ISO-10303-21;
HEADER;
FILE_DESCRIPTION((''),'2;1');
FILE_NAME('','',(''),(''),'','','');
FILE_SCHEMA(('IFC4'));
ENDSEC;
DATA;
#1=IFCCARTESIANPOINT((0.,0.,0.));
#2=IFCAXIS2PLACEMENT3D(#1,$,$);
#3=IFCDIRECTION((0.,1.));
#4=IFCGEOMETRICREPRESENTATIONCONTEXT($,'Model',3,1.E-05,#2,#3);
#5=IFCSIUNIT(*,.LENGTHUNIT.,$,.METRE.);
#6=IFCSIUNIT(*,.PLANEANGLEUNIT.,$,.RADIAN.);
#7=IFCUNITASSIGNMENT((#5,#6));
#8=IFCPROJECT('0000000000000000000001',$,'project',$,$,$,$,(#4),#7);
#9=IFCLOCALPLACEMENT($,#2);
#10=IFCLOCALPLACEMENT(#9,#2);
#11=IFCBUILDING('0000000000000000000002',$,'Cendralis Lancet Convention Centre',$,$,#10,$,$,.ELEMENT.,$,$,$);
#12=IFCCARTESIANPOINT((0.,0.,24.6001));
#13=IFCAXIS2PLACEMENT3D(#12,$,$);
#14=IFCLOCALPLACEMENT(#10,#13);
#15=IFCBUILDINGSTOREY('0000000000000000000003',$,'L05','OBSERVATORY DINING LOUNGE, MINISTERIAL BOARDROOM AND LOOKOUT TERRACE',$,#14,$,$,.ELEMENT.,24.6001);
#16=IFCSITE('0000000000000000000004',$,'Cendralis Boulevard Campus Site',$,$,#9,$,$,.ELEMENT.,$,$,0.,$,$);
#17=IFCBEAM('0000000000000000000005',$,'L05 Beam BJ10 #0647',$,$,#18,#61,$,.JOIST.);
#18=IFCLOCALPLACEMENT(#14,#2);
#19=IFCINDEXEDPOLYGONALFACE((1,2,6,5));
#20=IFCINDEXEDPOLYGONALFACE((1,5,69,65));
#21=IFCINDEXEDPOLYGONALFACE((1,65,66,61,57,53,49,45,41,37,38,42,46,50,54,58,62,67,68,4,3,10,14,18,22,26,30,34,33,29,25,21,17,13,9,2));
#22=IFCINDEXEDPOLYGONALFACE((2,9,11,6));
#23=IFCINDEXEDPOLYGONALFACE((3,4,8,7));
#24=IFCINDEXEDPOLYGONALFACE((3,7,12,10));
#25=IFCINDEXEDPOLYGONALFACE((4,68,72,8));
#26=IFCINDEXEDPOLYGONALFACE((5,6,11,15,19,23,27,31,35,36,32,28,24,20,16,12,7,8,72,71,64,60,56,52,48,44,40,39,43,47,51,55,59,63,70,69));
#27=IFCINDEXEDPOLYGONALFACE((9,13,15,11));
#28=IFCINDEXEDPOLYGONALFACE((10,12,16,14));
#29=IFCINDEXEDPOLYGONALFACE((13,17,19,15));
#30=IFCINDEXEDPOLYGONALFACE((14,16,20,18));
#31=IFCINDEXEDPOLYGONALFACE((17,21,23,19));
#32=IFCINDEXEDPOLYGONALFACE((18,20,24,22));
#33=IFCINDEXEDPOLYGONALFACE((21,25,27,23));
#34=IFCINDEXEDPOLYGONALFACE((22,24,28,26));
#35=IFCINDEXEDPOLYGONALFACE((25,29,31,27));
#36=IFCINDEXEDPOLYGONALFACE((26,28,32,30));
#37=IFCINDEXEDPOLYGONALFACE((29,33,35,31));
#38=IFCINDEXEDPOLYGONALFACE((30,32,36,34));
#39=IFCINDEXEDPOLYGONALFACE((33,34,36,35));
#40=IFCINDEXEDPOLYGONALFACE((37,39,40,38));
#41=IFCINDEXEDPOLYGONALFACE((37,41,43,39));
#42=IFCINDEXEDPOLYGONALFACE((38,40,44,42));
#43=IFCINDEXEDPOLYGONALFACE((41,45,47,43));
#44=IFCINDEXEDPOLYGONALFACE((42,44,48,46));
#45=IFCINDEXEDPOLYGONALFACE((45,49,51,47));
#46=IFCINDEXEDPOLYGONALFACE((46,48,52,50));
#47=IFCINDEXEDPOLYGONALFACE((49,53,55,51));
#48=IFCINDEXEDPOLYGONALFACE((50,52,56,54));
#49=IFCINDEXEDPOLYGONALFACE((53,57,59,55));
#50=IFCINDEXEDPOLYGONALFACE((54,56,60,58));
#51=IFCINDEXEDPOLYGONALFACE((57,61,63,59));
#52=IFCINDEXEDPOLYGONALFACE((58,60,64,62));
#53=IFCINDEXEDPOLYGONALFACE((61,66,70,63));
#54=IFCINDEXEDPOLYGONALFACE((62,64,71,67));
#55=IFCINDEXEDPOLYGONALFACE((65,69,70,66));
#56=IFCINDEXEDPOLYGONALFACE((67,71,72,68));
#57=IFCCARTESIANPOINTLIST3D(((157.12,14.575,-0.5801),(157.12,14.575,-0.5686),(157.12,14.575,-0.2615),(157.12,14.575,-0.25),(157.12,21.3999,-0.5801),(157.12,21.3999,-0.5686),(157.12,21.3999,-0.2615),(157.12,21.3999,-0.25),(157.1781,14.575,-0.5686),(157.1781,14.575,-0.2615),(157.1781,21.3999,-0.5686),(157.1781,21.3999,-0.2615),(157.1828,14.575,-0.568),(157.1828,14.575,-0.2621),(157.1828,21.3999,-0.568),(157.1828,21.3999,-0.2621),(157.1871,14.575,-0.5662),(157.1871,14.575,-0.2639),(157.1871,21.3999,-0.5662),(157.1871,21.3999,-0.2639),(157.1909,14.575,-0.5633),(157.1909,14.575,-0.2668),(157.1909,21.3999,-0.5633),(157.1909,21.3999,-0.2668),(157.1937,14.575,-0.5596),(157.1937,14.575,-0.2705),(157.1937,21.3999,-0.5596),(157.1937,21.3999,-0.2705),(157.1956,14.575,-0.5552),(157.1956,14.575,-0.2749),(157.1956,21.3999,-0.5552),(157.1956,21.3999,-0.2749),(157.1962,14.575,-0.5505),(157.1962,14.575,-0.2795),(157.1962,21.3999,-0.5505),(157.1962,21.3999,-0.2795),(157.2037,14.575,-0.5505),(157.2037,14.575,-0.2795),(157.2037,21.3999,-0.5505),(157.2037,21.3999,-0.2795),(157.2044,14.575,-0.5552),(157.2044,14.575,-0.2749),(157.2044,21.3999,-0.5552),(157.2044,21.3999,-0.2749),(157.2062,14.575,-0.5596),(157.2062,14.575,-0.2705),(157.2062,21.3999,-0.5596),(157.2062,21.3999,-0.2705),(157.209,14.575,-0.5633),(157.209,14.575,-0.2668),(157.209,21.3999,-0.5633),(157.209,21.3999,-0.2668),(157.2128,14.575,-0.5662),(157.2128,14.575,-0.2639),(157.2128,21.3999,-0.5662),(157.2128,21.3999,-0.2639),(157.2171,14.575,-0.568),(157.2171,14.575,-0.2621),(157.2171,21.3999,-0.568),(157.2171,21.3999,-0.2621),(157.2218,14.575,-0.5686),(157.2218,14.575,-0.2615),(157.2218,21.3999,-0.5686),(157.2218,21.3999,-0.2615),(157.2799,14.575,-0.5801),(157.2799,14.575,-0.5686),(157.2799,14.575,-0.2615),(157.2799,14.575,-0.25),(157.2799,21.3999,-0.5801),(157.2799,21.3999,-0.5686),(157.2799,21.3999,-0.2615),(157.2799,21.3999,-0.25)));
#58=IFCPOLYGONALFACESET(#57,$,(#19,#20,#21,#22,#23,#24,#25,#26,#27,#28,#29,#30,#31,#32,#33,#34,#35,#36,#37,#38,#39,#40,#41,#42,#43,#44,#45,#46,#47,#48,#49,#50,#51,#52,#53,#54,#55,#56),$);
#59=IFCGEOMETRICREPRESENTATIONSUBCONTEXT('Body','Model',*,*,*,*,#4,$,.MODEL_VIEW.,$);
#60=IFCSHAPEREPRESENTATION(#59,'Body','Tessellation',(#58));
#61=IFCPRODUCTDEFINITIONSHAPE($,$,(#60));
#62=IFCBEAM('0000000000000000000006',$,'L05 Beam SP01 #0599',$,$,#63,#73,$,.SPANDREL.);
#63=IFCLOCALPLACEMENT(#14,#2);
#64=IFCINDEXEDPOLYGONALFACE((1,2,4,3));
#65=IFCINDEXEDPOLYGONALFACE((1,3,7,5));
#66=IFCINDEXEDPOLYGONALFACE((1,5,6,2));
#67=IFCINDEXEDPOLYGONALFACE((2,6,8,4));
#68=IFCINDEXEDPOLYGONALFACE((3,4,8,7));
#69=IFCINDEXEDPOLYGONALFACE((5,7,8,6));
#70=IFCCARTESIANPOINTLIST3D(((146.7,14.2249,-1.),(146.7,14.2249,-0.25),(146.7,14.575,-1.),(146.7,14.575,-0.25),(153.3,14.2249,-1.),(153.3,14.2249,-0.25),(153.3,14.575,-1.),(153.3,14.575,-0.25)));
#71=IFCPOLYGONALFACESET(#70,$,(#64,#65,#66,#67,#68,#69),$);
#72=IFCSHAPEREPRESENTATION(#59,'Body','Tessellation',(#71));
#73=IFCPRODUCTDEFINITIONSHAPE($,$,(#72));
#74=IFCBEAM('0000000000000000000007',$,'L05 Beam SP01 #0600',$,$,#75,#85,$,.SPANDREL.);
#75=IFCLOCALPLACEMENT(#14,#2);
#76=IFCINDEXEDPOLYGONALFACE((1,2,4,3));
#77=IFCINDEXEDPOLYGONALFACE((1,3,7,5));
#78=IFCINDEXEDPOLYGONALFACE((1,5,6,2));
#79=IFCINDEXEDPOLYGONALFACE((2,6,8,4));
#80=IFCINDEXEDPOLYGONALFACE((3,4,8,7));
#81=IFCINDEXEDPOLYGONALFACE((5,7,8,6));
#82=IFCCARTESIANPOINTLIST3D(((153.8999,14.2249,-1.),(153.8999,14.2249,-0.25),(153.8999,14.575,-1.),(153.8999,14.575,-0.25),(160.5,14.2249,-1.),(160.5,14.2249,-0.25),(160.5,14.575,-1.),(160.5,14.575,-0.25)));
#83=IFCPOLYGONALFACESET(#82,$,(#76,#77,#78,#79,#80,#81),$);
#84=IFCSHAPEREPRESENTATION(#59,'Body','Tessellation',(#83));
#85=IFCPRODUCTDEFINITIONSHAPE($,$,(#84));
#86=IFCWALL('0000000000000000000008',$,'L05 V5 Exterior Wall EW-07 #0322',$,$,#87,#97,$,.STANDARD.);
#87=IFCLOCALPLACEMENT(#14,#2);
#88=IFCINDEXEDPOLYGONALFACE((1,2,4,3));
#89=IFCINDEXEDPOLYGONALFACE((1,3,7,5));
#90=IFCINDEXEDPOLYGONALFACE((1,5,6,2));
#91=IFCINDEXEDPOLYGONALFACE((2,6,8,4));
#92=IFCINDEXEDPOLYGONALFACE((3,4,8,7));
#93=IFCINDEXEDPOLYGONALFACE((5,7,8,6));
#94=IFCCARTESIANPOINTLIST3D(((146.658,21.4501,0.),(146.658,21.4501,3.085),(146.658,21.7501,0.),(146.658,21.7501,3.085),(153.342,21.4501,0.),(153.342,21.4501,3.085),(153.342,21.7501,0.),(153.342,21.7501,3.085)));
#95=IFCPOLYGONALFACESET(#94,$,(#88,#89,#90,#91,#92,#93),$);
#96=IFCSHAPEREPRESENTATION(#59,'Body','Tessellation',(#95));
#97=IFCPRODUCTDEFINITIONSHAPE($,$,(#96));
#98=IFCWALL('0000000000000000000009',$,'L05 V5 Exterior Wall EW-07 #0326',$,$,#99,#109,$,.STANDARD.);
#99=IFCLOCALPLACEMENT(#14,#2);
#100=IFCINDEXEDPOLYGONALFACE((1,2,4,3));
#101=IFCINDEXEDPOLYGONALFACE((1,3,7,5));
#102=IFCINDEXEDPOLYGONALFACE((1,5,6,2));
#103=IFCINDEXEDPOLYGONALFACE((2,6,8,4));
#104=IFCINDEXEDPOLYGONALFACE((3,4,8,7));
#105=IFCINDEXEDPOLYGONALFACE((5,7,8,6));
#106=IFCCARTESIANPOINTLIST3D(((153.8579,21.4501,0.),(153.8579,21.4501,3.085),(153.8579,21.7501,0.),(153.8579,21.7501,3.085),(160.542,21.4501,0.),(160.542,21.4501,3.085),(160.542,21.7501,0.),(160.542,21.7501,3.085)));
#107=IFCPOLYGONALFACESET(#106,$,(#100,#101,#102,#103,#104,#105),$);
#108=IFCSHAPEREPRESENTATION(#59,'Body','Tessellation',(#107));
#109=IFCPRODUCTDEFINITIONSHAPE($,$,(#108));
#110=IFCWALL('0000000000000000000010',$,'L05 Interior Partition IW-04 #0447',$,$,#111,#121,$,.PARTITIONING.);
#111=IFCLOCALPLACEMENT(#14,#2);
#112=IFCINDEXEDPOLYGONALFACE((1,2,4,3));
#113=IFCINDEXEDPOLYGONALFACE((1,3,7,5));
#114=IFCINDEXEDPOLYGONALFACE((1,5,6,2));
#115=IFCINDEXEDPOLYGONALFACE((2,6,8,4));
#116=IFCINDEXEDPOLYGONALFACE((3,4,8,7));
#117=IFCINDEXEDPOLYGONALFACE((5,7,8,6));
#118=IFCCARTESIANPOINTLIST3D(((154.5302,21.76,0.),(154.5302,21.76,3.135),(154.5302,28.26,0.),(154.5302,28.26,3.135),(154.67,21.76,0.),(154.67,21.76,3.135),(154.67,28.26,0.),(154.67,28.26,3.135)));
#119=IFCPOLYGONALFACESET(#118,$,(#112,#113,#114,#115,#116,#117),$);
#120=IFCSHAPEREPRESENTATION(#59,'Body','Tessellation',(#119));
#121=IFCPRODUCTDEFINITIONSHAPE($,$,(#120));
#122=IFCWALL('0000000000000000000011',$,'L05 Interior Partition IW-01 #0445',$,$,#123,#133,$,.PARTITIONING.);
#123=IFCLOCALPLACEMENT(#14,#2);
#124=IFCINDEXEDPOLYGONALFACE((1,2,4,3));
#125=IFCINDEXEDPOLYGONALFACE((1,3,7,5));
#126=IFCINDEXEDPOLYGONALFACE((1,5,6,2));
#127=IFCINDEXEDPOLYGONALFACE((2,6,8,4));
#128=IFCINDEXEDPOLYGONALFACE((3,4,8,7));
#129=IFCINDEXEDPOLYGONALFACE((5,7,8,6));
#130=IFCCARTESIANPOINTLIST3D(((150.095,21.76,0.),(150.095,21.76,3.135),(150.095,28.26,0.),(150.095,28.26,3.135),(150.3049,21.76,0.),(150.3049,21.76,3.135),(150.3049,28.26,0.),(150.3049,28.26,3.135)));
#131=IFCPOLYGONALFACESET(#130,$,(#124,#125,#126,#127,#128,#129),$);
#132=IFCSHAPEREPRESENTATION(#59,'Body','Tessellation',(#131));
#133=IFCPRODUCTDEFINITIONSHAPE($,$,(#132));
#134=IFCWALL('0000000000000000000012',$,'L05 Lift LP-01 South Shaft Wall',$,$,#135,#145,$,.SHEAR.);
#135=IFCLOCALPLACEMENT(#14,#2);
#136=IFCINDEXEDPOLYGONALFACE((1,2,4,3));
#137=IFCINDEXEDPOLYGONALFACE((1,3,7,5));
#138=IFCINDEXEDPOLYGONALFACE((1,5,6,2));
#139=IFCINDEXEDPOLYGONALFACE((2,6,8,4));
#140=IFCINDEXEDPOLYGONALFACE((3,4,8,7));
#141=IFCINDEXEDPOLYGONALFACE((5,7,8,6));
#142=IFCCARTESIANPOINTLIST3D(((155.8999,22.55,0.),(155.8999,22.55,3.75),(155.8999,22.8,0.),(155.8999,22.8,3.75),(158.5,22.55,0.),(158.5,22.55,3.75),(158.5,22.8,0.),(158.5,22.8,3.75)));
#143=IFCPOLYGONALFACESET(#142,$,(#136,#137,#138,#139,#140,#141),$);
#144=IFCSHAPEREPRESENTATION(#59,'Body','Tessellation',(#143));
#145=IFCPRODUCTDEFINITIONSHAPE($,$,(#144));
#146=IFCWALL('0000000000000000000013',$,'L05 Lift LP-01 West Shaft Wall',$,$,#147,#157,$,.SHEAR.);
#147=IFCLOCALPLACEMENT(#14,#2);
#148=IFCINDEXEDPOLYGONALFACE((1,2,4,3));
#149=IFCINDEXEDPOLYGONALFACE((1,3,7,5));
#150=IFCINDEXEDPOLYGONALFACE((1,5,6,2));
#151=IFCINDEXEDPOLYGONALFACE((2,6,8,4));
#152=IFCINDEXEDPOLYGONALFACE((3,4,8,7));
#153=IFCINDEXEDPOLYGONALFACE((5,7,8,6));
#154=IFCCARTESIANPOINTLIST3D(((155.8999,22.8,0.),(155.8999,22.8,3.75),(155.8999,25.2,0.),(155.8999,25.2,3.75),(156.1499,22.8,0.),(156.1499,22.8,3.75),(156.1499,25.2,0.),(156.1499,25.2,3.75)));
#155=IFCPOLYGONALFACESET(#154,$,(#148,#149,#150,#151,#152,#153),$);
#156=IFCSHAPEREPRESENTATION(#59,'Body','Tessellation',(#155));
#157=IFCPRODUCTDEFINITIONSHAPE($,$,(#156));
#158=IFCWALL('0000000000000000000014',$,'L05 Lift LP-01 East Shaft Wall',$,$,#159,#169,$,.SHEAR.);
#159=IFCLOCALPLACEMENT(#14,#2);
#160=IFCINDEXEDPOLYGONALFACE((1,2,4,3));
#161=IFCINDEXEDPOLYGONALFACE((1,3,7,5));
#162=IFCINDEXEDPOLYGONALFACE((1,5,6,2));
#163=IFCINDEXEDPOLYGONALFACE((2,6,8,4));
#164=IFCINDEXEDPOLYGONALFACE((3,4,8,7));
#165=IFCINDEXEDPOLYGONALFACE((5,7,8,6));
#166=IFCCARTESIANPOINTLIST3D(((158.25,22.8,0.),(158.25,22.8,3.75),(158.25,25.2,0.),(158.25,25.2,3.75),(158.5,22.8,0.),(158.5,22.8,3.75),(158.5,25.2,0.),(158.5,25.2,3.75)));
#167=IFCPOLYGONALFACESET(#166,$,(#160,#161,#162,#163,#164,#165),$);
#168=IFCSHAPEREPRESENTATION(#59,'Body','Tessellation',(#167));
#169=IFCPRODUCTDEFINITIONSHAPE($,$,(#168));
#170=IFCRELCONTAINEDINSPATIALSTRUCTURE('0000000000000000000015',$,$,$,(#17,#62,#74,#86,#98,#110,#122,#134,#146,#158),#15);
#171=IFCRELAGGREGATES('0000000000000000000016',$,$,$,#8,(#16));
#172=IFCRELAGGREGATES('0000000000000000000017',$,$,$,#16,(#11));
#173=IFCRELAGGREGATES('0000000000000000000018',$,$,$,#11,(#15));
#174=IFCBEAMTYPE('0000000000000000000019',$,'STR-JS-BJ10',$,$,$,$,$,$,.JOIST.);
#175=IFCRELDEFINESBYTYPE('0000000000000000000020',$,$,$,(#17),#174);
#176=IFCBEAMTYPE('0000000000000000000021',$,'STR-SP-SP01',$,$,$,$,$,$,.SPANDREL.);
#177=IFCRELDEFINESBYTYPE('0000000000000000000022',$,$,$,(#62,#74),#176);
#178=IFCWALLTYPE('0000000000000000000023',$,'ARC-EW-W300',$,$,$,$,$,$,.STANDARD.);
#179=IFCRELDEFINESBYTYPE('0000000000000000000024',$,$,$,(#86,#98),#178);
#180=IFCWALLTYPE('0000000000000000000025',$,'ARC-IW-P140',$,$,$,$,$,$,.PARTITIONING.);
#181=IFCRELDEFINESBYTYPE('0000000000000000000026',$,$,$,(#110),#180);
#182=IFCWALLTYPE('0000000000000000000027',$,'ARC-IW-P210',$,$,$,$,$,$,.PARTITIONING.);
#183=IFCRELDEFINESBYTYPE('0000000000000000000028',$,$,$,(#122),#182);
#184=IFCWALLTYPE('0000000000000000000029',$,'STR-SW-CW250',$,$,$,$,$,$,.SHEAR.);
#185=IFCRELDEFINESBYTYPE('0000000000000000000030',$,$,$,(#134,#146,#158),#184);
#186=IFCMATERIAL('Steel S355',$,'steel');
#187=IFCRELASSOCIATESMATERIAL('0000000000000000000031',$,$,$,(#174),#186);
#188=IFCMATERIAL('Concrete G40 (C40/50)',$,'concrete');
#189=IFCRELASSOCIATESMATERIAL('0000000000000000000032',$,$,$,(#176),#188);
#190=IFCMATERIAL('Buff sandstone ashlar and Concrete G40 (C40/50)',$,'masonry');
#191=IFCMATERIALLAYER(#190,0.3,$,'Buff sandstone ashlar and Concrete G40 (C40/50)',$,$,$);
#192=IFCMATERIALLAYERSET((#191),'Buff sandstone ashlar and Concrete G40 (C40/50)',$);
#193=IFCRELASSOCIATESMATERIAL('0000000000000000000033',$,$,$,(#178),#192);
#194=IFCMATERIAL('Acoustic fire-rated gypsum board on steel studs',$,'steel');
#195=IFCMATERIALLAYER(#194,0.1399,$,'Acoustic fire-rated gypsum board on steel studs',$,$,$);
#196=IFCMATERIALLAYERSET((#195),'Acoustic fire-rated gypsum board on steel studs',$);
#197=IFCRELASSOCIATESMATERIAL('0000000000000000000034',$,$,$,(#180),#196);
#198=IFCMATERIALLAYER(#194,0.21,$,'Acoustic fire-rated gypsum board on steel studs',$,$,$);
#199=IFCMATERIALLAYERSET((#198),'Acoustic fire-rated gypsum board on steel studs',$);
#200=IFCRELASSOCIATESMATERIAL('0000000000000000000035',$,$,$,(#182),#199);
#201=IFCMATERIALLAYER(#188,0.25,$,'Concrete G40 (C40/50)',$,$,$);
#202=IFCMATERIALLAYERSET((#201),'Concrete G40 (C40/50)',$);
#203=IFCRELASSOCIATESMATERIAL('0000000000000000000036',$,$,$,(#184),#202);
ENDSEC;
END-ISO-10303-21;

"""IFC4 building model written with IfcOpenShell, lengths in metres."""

from ifc_helpers import new_model, si_unit, direction, frame, frame_2d, origin, origin_2d, place, context, subcontext, project, spatial, rectangle, i_section, extrude, material, layer, layer_set, material_profile, profile_set, type_object, element, save


model = new_model("IFC4")

# Units and contexts
model_context = context("Model", 3, precision=1e-05, world=origin(), true_north=direction((0.0, 1.0)))
body_context = subcontext(model_context, "Body", "Model", "MODEL_VIEW")
ifc_project = project(units=[si_unit("LENGTHUNIT", "METRE"), si_unit("PLANEANGLEUNIT", "RADIAN")], contexts=[model_context])

# Site, building, storey
site_placement = place(None, origin())
site = spatial("IfcSite", under=ifc_project, at=site_placement, Name="Cendralis Boulevard Campus Site", CompositionType="ELEMENT", RefElevation=0.0)
building_placement = place(site_placement, origin())
building = spatial("IfcBuilding", under=site, at=building_placement, Name="Cendralis Lancet Convention Centre", CompositionType="ELEMENT")
storey_placement = place(building_placement, frame((0.0, 0.0, 24.6001)))
storey = spatial("IfcBuildingStorey", under=building, at=storey_placement, Name="L05", Description="OBSERVATORY DINING LOUNGE, MINISTERIAL BOARDROOM AND LOOKOUT TERRACE", CompositionType="ELEMENT", Elevation=24.6001)

# Shared definitions
ifc_material_1 = material(Name="Concrete G40 (C40/50)", Category="concrete")

# Beams
ifc_material_2 = material(Name="Steel S355", Category="steel")
ifc_material_profile_1 = material_profile(ifc_material_2, i_section(OverallWidth=0.1599, OverallDepth=0.3301, WebThickness=0.0076, FlangeThickness=0.0115, FilletRadius=0.0181, at=origin_2d()), Name="IPE 330")
ifc_profile_set_1 = profile_set([ifc_material_profile_1], Name="Steel S355")
beam_type_1 = type_object("IfcBeamType", Name="STR-JS-BJ10", PredefinedType="JOIST", material=ifc_profile_set_1)
beam_1_placement = place(storey_placement, frame((157.2, 14.575, -0.415), z_axis=(0.0, 1.0, 0.0), x_axis=(-1.0, 0.0, 0.0)))
element("IfcBeam", 1, at=beam_1_placement, inside=storey, type_object=beam_type_1, Name="L05 Beam BJ10 #0647", PredefinedType="JOIST", context=body_context, shape_type="SweptSolid", body=[
    extrude(i_section(OverallWidth=0.1599, OverallDepth=0.3301, WebThickness=0.0076, FlangeThickness=0.0115, FilletRadius=0.0181, at=origin_2d()), origin(), (0.0, 0.0, 1.0), 6.825),
])
ifc_material_profile_2 = material_profile(ifc_material_1, rectangle(XDim=0.3501, YDim=0.75, at=origin_2d()), Name="RCB 350x750")
ifc_profile_set_2 = profile_set([ifc_material_profile_2], Name="Concrete G40 (C40/50)")
beam_type_2 = type_object("IfcBeamType", Name="STR-SP-SP01", PredefinedType="SPANDREL", material=ifc_profile_set_2)
for number, where, z_axis, x_axis, name in (
    (2, (146.7, 14.3999, -0.625), (1.0, 0.0, 0.0), (0.0, 1.0, 0.0), "L05 Beam SP01 #0599"),
    (3, (153.8999, 14.3999, -0.625), (1.0, 0.0, 0.0), (0.0, 1.0, 0.0), "L05 Beam SP01 #0600"),
):
    element("IfcBeam", number, at=place(storey_placement, frame(where, z_axis=z_axis, x_axis=x_axis)), inside=storey, type_object=beam_type_2, Name=name, PredefinedType="SPANDREL", context=body_context, shape_type="SweptSolid", body=[
        extrude(rectangle(XDim=0.3501, YDim=0.75, at=origin_2d()), origin(), (0.0, 0.0, 1.0), 6.6001),
    ])

# Walls
ifc_material_3 = material(Name="Buff sandstone ashlar and Concrete G40 (C40/50)", Category="masonry")
ifc_layer_1 = layer(ifc_material_3, 0.3, Name="Buff sandstone ashlar and Concrete G40 (C40/50)")
ifc_layer_set_1 = layer_set([ifc_layer_1], Name="Buff sandstone ashlar and Concrete G40 (C40/50)")
wall_type_1 = type_object("IfcWallType", Name="ARC-EW-W300", PredefinedType="STANDARD", material=ifc_layer_set_1)
for number, where, z_axis, x_axis, name in (
    (4, (153.342, 21.6001, 0.0), (0.0, 0.0, 1.0), (-1.0, 0.0, 0.0), "L05 V5 Exterior Wall EW-07 #0322"),
    (5, (160.542, 21.6001, 0.0), (0.0, 0.0, 1.0), (-1.0, 0.0, 0.0), "L05 V5 Exterior Wall EW-07 #0326"),
):
    element("IfcWall", number, at=place(storey_placement, frame(where, z_axis=z_axis, x_axis=x_axis)), inside=storey, type_object=wall_type_1, Name=name, PredefinedType="STANDARD", context=body_context, shape_type="SweptSolid", body=[
        extrude(rectangle(XDim=6.6841, YDim=0.3, at=frame_2d((3.342, 0.0))), origin(), (0.0, 0.0, 1.0), 3.085),
    ])
ifc_material_4 = material(Name="Acoustic fire-rated gypsum board on steel studs", Category="steel")
ifc_layer_2 = layer(ifc_material_4, 0.1399, Name="Acoustic fire-rated gypsum board on steel studs")
ifc_layer_set_2 = layer_set([ifc_layer_2], Name="Acoustic fire-rated gypsum board on steel studs")
wall_type_2 = type_object("IfcWallType", Name="ARC-IW-P140", PredefinedType="PARTITIONING", material=ifc_layer_set_2)
wall_1_placement = place(storey_placement, frame((154.6001, 21.76, 0.0), z_axis=(0.0, 0.0, 1.0), x_axis=(0.0, 1.0, 0.0)))
element("IfcWall", 6, at=wall_1_placement, inside=storey, type_object=wall_type_2, Name="L05 Interior Partition IW-04 #0447", PredefinedType="PARTITIONING", context=body_context, shape_type="SweptSolid", body=[
    extrude(rectangle(XDim=6.5, YDim=0.1399, at=frame_2d((3.25, 0.0))), origin(), (0.0, 0.0, 1.0), 3.135),
])
ifc_layer_3 = layer(ifc_material_4, 0.21, Name="Acoustic fire-rated gypsum board on steel studs")
ifc_layer_set_3 = layer_set([ifc_layer_3], Name="Acoustic fire-rated gypsum board on steel studs")
wall_type_3 = type_object("IfcWallType", Name="ARC-IW-P210", PredefinedType="PARTITIONING", material=ifc_layer_set_3)
wall_2_placement = place(storey_placement, frame((150.2, 21.76, 0.0), z_axis=(0.0, 0.0, 1.0), x_axis=(0.0, 1.0, 0.0)))
element("IfcWall", 7, at=wall_2_placement, inside=storey, type_object=wall_type_3, Name="L05 Interior Partition IW-01 #0445", PredefinedType="PARTITIONING", context=body_context, shape_type="SweptSolid", body=[
    extrude(rectangle(XDim=6.5, YDim=0.21, at=frame_2d((3.25, 0.0))), origin(), (0.0, 0.0, 1.0), 3.135),
])
ifc_layer_4 = layer(ifc_material_1, 0.25, Name="Concrete G40 (C40/50)")
ifc_layer_set_4 = layer_set([ifc_layer_4], Name="Concrete G40 (C40/50)")
wall_type_4 = type_object("IfcWallType", Name="STR-SW-CW250", PredefinedType="SHEAR", material=ifc_layer_set_4)
wall_3_placement = place(storey_placement, frame((155.8999, 22.675, 0.0), z_axis=(0.0, 0.0, 1.0), x_axis=(1.0, 0.0, 0.0)))
element("IfcWall", 8, at=wall_3_placement, inside=storey, type_object=wall_type_4, Name="L05 Lift LP-01 South Shaft Wall", PredefinedType="SHEAR", context=body_context, shape_type="SweptSolid", body=[
    extrude(rectangle(XDim=2.6001, YDim=0.25, at=frame_2d((1.3, 0.0))), origin(), (0.0, 0.0, 1.0), 3.75),
])

# Walls
for number, where, z_axis, x_axis, name in (
    (9, (156.0249, 22.8, 0.0), (0.0, 0.0, 1.0), (0.0, 1.0, 0.0), "L05 Lift LP-01 West Shaft Wall"),
    (10, (158.375, 22.8, 0.0), (0.0, 0.0, 1.0), (0.0, 1.0, 0.0), "L05 Lift LP-01 East Shaft Wall"),
):
    element("IfcWall", number, at=place(storey_placement, frame(where, z_axis=z_axis, x_axis=x_axis)), inside=storey, type_object=wall_type_4, Name=name, PredefinedType="SHEAR", context=body_context, shape_type="SweptSolid", body=[
        extrude(rectangle(XDim=2.3999, YDim=0.25, at=frame_2d((1.2, 0.0))), origin(), (0.0, 0.0, 1.0), 3.75),
    ])

save(model, "model.ifc")
